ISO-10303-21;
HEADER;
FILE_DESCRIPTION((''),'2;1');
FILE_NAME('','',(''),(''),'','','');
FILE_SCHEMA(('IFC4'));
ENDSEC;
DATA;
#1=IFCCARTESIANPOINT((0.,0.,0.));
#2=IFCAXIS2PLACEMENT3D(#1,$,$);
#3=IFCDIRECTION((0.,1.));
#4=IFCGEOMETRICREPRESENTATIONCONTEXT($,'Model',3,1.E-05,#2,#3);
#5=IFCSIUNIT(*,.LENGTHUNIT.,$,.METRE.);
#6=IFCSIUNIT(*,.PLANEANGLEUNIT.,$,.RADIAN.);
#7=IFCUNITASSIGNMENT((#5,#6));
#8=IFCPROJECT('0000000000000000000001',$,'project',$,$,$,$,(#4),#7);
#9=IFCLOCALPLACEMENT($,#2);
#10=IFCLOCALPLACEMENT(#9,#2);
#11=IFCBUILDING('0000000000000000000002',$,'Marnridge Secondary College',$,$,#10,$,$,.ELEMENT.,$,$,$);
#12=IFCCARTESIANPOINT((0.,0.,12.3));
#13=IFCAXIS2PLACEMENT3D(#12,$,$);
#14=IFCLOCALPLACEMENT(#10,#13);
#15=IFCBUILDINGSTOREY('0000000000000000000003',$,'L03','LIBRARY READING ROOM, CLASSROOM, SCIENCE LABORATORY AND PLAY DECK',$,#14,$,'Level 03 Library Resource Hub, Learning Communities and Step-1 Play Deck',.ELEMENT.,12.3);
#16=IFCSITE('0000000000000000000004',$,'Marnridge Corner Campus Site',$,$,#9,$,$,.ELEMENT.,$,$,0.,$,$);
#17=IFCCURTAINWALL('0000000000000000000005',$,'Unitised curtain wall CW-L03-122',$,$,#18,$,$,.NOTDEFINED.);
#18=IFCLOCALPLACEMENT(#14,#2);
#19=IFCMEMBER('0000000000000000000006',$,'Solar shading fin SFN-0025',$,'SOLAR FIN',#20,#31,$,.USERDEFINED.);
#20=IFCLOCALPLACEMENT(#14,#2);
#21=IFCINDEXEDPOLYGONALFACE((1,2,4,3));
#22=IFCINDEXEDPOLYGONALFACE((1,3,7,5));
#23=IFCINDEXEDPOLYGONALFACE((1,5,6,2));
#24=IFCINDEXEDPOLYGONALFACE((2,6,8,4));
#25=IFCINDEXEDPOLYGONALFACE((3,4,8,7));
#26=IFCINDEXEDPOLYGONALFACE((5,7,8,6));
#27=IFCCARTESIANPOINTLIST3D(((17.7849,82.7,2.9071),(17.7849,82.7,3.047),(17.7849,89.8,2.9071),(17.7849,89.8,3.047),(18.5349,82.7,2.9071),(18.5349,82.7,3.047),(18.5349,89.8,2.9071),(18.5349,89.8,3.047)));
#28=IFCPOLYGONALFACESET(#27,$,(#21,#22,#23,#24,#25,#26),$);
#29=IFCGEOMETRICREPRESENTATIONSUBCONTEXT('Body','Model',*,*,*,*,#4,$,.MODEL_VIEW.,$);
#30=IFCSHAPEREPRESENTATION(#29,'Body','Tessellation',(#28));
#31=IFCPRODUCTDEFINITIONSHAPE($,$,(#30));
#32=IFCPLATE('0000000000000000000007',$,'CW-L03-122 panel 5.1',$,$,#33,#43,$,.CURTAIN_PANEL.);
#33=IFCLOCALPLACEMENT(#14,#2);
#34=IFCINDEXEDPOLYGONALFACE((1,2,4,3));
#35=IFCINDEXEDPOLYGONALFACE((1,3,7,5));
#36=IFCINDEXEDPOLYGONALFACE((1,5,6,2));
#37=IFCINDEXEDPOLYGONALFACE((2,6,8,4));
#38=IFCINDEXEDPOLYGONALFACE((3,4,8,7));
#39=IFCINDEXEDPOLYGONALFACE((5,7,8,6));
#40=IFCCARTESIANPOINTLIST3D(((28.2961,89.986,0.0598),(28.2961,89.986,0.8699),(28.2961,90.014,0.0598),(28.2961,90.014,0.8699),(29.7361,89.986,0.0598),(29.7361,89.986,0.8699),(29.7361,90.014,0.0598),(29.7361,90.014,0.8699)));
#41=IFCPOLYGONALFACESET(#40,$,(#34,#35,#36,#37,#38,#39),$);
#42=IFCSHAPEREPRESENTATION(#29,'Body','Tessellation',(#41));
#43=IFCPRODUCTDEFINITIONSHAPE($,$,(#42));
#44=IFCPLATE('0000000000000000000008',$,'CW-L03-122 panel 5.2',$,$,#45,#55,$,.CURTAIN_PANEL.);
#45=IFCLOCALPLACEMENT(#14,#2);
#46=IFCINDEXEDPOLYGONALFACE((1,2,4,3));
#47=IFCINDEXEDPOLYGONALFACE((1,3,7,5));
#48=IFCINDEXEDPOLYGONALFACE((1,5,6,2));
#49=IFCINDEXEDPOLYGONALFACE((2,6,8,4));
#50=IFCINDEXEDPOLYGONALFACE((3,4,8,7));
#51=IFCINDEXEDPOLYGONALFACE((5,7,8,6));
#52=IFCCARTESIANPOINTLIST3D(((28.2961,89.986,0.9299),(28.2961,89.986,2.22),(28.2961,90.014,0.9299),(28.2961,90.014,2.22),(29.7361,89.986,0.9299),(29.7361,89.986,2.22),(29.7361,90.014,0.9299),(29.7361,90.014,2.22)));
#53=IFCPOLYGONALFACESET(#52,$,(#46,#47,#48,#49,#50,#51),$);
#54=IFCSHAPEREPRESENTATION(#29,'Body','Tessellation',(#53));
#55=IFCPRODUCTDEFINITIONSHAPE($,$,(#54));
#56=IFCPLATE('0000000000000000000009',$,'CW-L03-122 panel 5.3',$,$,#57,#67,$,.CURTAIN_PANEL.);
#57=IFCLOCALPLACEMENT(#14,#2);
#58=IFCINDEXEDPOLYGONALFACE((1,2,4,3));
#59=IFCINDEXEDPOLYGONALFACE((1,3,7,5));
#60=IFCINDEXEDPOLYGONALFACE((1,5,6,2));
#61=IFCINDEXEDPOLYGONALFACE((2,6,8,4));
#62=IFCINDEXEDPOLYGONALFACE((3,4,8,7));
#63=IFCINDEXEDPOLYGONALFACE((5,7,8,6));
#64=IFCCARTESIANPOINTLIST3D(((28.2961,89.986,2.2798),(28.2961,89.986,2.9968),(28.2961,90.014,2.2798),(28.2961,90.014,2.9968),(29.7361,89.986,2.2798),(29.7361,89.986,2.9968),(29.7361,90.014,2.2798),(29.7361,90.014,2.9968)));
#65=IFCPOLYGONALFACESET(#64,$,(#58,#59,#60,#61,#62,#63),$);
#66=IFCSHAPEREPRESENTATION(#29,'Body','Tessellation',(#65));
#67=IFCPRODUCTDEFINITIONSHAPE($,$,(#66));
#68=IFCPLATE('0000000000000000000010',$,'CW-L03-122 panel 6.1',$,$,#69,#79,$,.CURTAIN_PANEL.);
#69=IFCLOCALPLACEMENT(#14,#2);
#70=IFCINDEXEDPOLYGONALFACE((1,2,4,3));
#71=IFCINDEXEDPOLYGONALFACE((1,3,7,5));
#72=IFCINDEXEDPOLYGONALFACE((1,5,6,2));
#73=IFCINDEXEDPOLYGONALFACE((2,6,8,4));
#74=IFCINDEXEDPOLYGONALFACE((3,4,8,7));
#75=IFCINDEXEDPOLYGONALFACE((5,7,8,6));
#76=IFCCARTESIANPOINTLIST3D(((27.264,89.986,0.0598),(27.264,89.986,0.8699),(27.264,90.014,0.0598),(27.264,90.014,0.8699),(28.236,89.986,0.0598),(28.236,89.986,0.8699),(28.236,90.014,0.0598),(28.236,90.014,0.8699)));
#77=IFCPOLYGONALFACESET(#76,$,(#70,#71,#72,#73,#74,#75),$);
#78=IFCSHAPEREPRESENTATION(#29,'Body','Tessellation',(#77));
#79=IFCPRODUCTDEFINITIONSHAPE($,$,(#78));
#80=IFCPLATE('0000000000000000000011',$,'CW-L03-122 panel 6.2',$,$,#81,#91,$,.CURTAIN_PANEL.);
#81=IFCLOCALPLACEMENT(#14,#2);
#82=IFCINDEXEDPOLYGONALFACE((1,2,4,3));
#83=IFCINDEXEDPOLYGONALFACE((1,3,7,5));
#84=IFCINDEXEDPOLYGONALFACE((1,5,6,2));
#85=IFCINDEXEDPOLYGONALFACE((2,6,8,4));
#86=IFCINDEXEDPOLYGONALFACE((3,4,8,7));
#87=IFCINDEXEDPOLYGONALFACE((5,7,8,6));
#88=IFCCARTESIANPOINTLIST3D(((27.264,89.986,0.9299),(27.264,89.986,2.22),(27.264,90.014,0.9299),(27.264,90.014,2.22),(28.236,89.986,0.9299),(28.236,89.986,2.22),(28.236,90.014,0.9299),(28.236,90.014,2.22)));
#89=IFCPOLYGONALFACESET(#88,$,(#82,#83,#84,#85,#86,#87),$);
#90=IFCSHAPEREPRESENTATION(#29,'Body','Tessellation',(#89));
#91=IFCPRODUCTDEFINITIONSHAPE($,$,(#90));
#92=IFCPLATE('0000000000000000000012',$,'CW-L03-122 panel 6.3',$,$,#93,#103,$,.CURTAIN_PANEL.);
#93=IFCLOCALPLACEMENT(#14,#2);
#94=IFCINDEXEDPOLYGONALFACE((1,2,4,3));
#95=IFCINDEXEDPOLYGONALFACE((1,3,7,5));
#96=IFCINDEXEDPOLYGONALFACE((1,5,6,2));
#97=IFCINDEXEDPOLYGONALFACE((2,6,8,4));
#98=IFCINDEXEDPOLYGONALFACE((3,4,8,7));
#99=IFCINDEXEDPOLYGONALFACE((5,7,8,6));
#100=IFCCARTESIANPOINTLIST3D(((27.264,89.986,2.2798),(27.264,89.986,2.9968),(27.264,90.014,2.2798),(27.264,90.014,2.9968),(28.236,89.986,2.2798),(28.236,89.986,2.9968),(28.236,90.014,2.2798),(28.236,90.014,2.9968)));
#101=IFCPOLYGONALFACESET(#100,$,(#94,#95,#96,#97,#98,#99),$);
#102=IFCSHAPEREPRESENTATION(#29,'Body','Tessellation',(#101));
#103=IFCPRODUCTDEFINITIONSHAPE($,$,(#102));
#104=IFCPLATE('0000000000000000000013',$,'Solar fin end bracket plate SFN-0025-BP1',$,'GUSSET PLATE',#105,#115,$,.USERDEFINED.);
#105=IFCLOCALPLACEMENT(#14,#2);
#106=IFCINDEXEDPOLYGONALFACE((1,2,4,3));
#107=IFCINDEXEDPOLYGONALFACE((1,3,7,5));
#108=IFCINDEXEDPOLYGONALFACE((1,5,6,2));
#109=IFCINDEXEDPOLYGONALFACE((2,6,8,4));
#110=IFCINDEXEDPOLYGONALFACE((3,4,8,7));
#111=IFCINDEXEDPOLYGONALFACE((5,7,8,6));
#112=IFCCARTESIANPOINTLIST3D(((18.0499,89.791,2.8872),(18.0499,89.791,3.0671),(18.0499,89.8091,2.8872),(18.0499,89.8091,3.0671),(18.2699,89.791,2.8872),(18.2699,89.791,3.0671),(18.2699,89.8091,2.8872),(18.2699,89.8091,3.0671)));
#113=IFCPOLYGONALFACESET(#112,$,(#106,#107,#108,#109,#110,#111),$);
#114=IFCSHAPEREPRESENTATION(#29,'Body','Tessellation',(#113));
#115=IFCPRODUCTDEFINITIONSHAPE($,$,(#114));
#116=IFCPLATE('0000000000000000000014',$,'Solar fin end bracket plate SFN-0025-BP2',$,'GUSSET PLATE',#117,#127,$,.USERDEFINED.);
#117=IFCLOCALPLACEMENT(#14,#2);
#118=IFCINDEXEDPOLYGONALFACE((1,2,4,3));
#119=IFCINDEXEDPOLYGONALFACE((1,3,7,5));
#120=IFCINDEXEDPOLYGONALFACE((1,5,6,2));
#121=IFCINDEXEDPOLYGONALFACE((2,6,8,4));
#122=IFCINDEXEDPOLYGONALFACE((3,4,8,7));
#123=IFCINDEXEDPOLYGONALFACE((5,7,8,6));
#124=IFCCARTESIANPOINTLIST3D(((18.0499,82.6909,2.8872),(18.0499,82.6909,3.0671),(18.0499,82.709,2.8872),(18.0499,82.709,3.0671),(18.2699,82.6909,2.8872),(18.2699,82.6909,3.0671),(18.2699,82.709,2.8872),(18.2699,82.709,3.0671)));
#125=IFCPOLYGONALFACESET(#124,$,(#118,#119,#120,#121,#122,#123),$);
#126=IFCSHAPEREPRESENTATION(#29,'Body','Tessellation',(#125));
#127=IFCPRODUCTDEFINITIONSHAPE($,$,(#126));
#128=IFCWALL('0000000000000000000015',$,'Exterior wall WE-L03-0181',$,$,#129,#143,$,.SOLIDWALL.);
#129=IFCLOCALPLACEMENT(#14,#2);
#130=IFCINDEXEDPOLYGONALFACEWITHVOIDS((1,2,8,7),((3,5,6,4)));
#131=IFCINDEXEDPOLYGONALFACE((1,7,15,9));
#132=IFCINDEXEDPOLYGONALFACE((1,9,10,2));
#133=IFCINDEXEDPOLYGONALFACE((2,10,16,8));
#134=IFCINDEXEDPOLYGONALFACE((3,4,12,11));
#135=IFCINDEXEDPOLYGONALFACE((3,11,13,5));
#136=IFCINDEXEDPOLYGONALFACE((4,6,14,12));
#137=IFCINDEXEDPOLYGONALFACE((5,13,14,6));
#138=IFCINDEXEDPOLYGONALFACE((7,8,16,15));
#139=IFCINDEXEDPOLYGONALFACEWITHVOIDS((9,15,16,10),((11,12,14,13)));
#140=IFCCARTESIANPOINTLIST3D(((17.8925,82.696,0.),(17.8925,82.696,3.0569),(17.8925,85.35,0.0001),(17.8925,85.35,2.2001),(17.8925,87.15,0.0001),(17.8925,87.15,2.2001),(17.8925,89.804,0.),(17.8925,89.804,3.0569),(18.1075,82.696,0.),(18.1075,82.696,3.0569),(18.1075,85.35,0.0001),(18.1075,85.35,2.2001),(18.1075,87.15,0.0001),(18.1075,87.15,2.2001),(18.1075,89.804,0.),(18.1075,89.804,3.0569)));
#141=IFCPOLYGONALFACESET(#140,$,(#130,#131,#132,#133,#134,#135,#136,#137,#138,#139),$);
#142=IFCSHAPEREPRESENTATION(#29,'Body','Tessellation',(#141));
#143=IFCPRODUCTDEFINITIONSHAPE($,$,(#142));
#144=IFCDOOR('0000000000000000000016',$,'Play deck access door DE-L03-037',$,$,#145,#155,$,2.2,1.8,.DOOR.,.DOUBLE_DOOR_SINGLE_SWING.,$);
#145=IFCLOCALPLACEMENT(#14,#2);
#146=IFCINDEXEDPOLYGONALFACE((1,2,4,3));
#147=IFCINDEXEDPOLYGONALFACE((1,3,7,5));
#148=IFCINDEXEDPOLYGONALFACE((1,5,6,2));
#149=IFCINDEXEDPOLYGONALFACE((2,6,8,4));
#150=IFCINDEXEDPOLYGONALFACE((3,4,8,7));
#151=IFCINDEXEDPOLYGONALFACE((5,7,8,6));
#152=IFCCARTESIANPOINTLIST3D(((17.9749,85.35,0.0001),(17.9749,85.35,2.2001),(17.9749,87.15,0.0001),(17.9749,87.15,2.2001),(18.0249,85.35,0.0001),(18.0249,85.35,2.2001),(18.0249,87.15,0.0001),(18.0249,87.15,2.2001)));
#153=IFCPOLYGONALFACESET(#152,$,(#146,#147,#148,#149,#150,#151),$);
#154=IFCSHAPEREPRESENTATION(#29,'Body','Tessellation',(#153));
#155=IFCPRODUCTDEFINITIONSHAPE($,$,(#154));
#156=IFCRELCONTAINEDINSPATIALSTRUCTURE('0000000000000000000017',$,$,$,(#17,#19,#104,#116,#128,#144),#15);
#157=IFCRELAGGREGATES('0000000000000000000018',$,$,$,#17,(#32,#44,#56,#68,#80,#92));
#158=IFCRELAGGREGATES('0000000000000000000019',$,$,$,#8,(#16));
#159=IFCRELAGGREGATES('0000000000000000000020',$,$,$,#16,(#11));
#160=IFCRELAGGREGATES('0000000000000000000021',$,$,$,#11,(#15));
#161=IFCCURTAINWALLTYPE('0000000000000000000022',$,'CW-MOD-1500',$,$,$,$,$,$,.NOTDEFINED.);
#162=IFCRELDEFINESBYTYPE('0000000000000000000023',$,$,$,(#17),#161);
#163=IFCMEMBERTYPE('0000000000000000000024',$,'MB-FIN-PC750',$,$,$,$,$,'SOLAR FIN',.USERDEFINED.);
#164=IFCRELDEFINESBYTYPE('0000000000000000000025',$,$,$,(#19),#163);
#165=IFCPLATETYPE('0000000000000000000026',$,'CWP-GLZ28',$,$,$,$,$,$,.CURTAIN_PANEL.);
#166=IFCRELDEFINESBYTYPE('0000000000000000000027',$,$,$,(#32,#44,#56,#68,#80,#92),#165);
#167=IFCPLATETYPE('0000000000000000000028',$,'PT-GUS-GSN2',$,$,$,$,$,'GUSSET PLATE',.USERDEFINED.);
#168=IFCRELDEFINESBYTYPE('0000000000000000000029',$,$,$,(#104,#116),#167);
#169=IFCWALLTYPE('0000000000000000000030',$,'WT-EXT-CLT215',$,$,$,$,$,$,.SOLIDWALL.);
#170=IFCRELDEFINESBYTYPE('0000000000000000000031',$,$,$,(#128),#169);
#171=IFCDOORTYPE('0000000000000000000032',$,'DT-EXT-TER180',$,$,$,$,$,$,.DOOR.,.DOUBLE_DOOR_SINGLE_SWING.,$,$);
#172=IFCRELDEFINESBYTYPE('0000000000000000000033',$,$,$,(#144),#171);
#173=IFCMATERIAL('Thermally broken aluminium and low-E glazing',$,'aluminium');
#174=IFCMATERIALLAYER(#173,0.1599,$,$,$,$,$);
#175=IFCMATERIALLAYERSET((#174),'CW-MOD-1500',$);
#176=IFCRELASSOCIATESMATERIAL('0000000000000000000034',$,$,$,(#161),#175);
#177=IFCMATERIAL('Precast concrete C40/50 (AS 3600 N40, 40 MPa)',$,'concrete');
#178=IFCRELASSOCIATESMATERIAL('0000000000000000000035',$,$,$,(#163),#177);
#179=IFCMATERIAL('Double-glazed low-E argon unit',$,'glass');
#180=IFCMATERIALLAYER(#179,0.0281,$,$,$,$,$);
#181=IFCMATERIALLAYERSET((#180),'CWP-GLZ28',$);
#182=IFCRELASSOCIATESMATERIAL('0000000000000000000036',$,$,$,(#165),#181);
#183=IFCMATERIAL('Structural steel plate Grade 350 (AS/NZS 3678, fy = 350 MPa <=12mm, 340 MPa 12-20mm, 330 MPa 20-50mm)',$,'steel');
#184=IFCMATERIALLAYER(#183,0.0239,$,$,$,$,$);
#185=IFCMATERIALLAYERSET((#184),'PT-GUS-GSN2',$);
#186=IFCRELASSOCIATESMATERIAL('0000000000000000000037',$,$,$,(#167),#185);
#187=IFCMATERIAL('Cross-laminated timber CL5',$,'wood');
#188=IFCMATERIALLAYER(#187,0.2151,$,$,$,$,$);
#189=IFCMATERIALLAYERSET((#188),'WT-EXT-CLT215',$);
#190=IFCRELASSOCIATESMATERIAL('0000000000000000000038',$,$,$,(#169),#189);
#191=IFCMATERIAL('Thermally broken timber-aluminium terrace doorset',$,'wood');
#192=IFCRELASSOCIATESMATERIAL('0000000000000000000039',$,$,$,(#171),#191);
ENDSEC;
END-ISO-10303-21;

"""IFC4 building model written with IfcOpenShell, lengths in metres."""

from ifc_helpers import new_model, si_unit, direction, frame, frame_2d, origin, origin_2d, place, context, subcontext, project, spatial, rectangle, extrude, material, layer, layer_set, material_profile, profile_set, type_object, element, fill, aggregate, save


model = new_model("IFC4")

# Units and contexts
model_context = context("Model", 3, precision=1e-05, world=origin(), true_north=direction((0.0, 1.0)))
body_context = subcontext(model_context, "Body", "Model", "MODEL_VIEW")
ifc_project = project(units=[si_unit("LENGTHUNIT", "METRE"), si_unit("PLANEANGLEUNIT", "RADIAN")], contexts=[model_context])

# Site, building, storey
site_placement = place(None, origin())
site = spatial("IfcSite", under=ifc_project, at=site_placement, Name="Marnridge Corner Campus Site", CompositionType="ELEMENT", RefElevation=0.0)
building_placement = place(site_placement, origin())
building = spatial("IfcBuilding", under=site, at=building_placement, Name="Marnridge Secondary College", CompositionType="ELEMENT")
storey_placement = place(building_placement, frame((0.0, 0.0, 12.3)))
storey = spatial("IfcBuildingStorey", under=building, at=storey_placement, Name="L03", Description="LIBRARY READING ROOM, CLASSROOM, SCIENCE LABORATORY AND PLAY DECK", LongName="Level 03 Library Resource Hub, Learning Communities and Step-1 Play Deck", CompositionType="ELEMENT", Elevation=12.3)

# Curtain wall
ifc_material_1 = material(Name="Thermally broken aluminium and low-E glazing", Category="aluminium")
ifc_layer_1 = layer(ifc_material_1, 0.1599)
ifc_layer_set_1 = layer_set([ifc_layer_1], Name="CW-MOD-1500")
curtain_wall_type = type_object("IfcCurtainWallType", Name="CW-MOD-1500", PredefinedType="NOTDEFINED", material=ifc_layer_set_1)
curtain_wall_placement = place(storey_placement, origin())
curtain_wall = element("IfcCurtainWall", 1, at=curtain_wall_placement, inside=storey, type_object=curtain_wall_type, Name="Unitised curtain wall CW-L03-122", PredefinedType="NOTDEFINED")

# Member
ifc_material_2 = material(Name="Precast concrete C40/50 (AS 3600 N40, 40 MPa)", Category="concrete")
ifc_material_profile_1 = material_profile(ifc_material_2, rectangle(XDim=0.1399, YDim=0.75, at=origin_2d()), Name="FIN PC 140x750")
ifc_profile_set_1 = profile_set([ifc_material_profile_1], Name="Precast concrete C40/50 (AS 3600 N40, 40 MPa)")
member_type_1 = type_object("IfcMemberType", Name="MB-FIN-PC750", ElementType="SOLAR FIN", PredefinedType="USERDEFINED", material=ifc_profile_set_1)
member_1_placement = place(storey_placement, frame((18.1599, 89.8, 2.9771), z_axis=(0.0, -1.0, 0.0), x_axis=(0.0, 0.0, 1.0)))
element("IfcMember", 2, at=member_1_placement, inside=storey, type_object=member_type_1, Name="Solar shading fin SFN-0025", ObjectType="SOLAR FIN", PredefinedType="USERDEFINED", context=body_context, shape_type="SweptSolid", body=[
    extrude(rectangle(XDim=0.1399, YDim=0.75, at=origin_2d()), origin(), (0.0, 0.0, 1.0), 7.1001),
])

# Plates
ifc_material_3 = material(Name="Double-glazed low-E argon unit", Category="glass")
ifc_layer_2 = layer(ifc_material_3, 0.0281)
ifc_layer_set_2 = layer_set([ifc_layer_2], Name="CWP-GLZ28")
plate_type_1 = type_object("IfcPlateType", Name="CWP-GLZ28", PredefinedType="CURTAIN_PANEL", material=ifc_layer_set_2)
plate_1_placement = place(storey_placement, frame((29.0161, 90.0, 0.0598), z_axis=(0.0, 0.0, 1.0), x_axis=(-1.0, 0.0, 0.0)))
plate_1 = element("IfcPlate", 3, at=plate_1_placement, type_object=plate_type_1, Name="CW-L03-122 panel 5.1", PredefinedType="CURTAIN_PANEL", context=body_context, shape_type="SweptSolid", body=[
    extrude(rectangle(XDim=1.4399, YDim=0.0281, at=origin_2d()), origin(), (0.0, 0.0, 1.0), 0.8101),
])
plate_2_placement = place(storey_placement, frame((29.0161, 90.0, 0.9299), z_axis=(0.0, 0.0, 1.0), x_axis=(-1.0, 0.0, 0.0)))
plate_2 = element("IfcPlate", 4, at=plate_2_placement, type_object=plate_type_1, Name="CW-L03-122 panel 5.2", PredefinedType="CURTAIN_PANEL", context=body_context, shape_type="SweptSolid", body=[
    extrude(rectangle(XDim=1.4399, YDim=0.0281, at=origin_2d()), origin(), (0.0, 0.0, 1.0), 1.29),
])
plate_3_placement = place(storey_placement, frame((29.0161, 90.0, 2.2798), z_axis=(0.0, 0.0, 1.0), x_axis=(-1.0, 0.0, 0.0)))
plate_3 = element("IfcPlate", 5, at=plate_3_placement, type_object=plate_type_1, Name="CW-L03-122 panel 5.3", PredefinedType="CURTAIN_PANEL", context=body_context, shape_type="SweptSolid", body=[
    extrude(rectangle(XDim=1.4399, YDim=0.0281, at=origin_2d()), origin(), (0.0, 0.0, 1.0), 0.717),
])
plate_4_placement = place(storey_placement, frame((27.75, 90.0, 0.0598), z_axis=(0.0, 0.0, 1.0), x_axis=(-1.0, 0.0, 0.0)))
plate_4 = element("IfcPlate", 6, at=plate_4_placement, type_object=plate_type_1, Name="CW-L03-122 panel 6.1", PredefinedType="CURTAIN_PANEL", context=body_context, shape_type="SweptSolid", body=[
    extrude(rectangle(XDim=0.9719, YDim=0.0281, at=origin_2d()), origin(), (0.0, 0.0, 1.0), 0.8101),
])
plate_5_placement = place(storey_placement, frame((27.75, 90.0, 0.9299), z_axis=(0.0, 0.0, 1.0), x_axis=(-1.0, 0.0, 0.0)))
plate_5 = element("IfcPlate", 7, at=plate_5_placement, type_object=plate_type_1, Name="CW-L03-122 panel 6.2", PredefinedType="CURTAIN_PANEL", context=body_context, shape_type="SweptSolid", body=[
    extrude(rectangle(XDim=0.9719, YDim=0.0281, at=origin_2d()), origin(), (0.0, 0.0, 1.0), 1.29),
])
plate_6_placement = place(storey_placement, frame((27.75, 90.0, 2.2798), z_axis=(0.0, 0.0, 1.0), x_axis=(-1.0, 0.0, 0.0)))
plate_6 = element("IfcPlate", 8, at=plate_6_placement, type_object=plate_type_1, Name="CW-L03-122 panel 6.3", PredefinedType="CURTAIN_PANEL", context=body_context, shape_type="SweptSolid", body=[
    extrude(rectangle(XDim=0.9719, YDim=0.0281, at=origin_2d()), origin(), (0.0, 0.0, 1.0), 0.717),
])
aggregate(curtain_wall, [plate_1, plate_2, plate_3, plate_4, plate_5, plate_6])

# Plates
ifc_material_4 = material(Name="Structural steel plate Grade 350 (AS/NZS 3678, fy = 350 MPa <=12mm, 340 MPa 12-20mm, 330 MPa 20-50mm)", Category="steel")
ifc_layer_3 = layer(ifc_material_4, 0.0239)
ifc_layer_set_3 = layer_set([ifc_layer_3], Name="PT-GUS-GSN2")
plate_type_2 = type_object("IfcPlateType", Name="PT-GUS-GSN2", ElementType="GUSSET PLATE", PredefinedType="USERDEFINED", material=ifc_layer_set_3)
for number, where, z_axis, x_axis, name in (
    (9, (18.1599, 89.8, 2.8872), (0.0, 0.0, 1.0), (1.0, 0.0, 0.0), "Solar fin end bracket plate SFN-0025-BP1"),
    (10, (18.1599, 82.7, 2.8872), (0.0, 0.0, 1.0), (1.0, 0.0, 0.0), "Solar fin end bracket plate SFN-0025-BP2"),
):
    element("IfcPlate", number, at=place(storey_placement, frame(where, z_axis=z_axis, x_axis=x_axis)), inside=storey, type_object=plate_type_2, Name=name, ObjectType="GUSSET PLATE", PredefinedType="USERDEFINED", context=body_context, shape_type="SweptSolid", body=[
        extrude(rectangle(XDim=0.22, YDim=0.0181, at=origin_2d()), origin(), (0.0, 0.0, 1.0), 0.1799),
    ])

# Wall, opening, door
ifc_material_5 = material(Name="Cross-laminated timber CL5", Category="wood")
ifc_layer_4 = layer(ifc_material_5, 0.2151)
ifc_layer_set_4 = layer_set([ifc_layer_4], Name="WT-EXT-CLT215")
wall_type = type_object("IfcWallType", Name="WT-EXT-CLT215", PredefinedType="SOLIDWALL", material=ifc_layer_set_4)
wall_1_placement = place(storey_placement, frame((18.0, 89.804, 0.0), z_axis=(0.0, 0.0, 1.0), x_axis=(0.0, -1.0, 0.0)))
wall_1 = element("IfcWall", 11, at=wall_1_placement, inside=storey, type_object=wall_type, Name="Exterior wall WE-L03-0181", PredefinedType="SOLIDWALL", context=body_context, shape_type="SweptSolid", body=[
    extrude(rectangle(XDim=7.1079, YDim=0.2151, at=frame_2d((3.554, 0.0))), origin(), (0.0, 0.0, 1.0), 3.0569),
])
opening_1_placement = place(wall_1_placement, frame((2.6541, 0.0, 0.0)))
opening_1 = element("IfcOpeningElement", 12, at=opening_1_placement, cuts=wall_1, PredefinedType="OPENING", context=body_context, shape_type="SweptSolid", body=[
    extrude(rectangle(XDim=1.8, YDim=2.2, at=frame_2d((0.8999, 1.1001))), frame((0.0, 0.1174, 0.0), z_axis=(0.0, -1.0, 0.0), x_axis=(1.0, 0.0, 0.0)), (0.0, 0.0, 1.0), 0.2351),
])
ifc_material_6 = material(Name="Thermally broken timber-aluminium terrace doorset", Category="wood")
door_type_1 = type_object("IfcDoorType", Name="DT-EXT-TER180", OperationType="DOUBLE_DOOR_SINGLE_SWING", PredefinedType="DOOR", material=ifc_material_6)
door_1_placement = place(opening_1_placement, origin())
door_1 = element("IfcDoor", 13, at=door_1_placement, inside=storey, type_object=door_type_1, Name="Play deck access door DE-L03-037", OperationType="DOUBLE_DOOR_SINGLE_SWING", OverallHeight=2.2, OverallWidth=1.8, PredefinedType="DOOR", context=body_context, shape_type="SweptSolid", body=[
    extrude(rectangle(XDim=1.8, YDim=2.2, at=frame_2d((0.8999, 1.1001))), frame((0.0, 0.0249, 0.0), z_axis=(0.0, -1.0, 0.0), x_axis=(1.0, 0.0, 0.0)), (0.0, 0.0, 1.0), 0.05),
])
fill(opening_1, door_1)

save(model, "model.ifc")
